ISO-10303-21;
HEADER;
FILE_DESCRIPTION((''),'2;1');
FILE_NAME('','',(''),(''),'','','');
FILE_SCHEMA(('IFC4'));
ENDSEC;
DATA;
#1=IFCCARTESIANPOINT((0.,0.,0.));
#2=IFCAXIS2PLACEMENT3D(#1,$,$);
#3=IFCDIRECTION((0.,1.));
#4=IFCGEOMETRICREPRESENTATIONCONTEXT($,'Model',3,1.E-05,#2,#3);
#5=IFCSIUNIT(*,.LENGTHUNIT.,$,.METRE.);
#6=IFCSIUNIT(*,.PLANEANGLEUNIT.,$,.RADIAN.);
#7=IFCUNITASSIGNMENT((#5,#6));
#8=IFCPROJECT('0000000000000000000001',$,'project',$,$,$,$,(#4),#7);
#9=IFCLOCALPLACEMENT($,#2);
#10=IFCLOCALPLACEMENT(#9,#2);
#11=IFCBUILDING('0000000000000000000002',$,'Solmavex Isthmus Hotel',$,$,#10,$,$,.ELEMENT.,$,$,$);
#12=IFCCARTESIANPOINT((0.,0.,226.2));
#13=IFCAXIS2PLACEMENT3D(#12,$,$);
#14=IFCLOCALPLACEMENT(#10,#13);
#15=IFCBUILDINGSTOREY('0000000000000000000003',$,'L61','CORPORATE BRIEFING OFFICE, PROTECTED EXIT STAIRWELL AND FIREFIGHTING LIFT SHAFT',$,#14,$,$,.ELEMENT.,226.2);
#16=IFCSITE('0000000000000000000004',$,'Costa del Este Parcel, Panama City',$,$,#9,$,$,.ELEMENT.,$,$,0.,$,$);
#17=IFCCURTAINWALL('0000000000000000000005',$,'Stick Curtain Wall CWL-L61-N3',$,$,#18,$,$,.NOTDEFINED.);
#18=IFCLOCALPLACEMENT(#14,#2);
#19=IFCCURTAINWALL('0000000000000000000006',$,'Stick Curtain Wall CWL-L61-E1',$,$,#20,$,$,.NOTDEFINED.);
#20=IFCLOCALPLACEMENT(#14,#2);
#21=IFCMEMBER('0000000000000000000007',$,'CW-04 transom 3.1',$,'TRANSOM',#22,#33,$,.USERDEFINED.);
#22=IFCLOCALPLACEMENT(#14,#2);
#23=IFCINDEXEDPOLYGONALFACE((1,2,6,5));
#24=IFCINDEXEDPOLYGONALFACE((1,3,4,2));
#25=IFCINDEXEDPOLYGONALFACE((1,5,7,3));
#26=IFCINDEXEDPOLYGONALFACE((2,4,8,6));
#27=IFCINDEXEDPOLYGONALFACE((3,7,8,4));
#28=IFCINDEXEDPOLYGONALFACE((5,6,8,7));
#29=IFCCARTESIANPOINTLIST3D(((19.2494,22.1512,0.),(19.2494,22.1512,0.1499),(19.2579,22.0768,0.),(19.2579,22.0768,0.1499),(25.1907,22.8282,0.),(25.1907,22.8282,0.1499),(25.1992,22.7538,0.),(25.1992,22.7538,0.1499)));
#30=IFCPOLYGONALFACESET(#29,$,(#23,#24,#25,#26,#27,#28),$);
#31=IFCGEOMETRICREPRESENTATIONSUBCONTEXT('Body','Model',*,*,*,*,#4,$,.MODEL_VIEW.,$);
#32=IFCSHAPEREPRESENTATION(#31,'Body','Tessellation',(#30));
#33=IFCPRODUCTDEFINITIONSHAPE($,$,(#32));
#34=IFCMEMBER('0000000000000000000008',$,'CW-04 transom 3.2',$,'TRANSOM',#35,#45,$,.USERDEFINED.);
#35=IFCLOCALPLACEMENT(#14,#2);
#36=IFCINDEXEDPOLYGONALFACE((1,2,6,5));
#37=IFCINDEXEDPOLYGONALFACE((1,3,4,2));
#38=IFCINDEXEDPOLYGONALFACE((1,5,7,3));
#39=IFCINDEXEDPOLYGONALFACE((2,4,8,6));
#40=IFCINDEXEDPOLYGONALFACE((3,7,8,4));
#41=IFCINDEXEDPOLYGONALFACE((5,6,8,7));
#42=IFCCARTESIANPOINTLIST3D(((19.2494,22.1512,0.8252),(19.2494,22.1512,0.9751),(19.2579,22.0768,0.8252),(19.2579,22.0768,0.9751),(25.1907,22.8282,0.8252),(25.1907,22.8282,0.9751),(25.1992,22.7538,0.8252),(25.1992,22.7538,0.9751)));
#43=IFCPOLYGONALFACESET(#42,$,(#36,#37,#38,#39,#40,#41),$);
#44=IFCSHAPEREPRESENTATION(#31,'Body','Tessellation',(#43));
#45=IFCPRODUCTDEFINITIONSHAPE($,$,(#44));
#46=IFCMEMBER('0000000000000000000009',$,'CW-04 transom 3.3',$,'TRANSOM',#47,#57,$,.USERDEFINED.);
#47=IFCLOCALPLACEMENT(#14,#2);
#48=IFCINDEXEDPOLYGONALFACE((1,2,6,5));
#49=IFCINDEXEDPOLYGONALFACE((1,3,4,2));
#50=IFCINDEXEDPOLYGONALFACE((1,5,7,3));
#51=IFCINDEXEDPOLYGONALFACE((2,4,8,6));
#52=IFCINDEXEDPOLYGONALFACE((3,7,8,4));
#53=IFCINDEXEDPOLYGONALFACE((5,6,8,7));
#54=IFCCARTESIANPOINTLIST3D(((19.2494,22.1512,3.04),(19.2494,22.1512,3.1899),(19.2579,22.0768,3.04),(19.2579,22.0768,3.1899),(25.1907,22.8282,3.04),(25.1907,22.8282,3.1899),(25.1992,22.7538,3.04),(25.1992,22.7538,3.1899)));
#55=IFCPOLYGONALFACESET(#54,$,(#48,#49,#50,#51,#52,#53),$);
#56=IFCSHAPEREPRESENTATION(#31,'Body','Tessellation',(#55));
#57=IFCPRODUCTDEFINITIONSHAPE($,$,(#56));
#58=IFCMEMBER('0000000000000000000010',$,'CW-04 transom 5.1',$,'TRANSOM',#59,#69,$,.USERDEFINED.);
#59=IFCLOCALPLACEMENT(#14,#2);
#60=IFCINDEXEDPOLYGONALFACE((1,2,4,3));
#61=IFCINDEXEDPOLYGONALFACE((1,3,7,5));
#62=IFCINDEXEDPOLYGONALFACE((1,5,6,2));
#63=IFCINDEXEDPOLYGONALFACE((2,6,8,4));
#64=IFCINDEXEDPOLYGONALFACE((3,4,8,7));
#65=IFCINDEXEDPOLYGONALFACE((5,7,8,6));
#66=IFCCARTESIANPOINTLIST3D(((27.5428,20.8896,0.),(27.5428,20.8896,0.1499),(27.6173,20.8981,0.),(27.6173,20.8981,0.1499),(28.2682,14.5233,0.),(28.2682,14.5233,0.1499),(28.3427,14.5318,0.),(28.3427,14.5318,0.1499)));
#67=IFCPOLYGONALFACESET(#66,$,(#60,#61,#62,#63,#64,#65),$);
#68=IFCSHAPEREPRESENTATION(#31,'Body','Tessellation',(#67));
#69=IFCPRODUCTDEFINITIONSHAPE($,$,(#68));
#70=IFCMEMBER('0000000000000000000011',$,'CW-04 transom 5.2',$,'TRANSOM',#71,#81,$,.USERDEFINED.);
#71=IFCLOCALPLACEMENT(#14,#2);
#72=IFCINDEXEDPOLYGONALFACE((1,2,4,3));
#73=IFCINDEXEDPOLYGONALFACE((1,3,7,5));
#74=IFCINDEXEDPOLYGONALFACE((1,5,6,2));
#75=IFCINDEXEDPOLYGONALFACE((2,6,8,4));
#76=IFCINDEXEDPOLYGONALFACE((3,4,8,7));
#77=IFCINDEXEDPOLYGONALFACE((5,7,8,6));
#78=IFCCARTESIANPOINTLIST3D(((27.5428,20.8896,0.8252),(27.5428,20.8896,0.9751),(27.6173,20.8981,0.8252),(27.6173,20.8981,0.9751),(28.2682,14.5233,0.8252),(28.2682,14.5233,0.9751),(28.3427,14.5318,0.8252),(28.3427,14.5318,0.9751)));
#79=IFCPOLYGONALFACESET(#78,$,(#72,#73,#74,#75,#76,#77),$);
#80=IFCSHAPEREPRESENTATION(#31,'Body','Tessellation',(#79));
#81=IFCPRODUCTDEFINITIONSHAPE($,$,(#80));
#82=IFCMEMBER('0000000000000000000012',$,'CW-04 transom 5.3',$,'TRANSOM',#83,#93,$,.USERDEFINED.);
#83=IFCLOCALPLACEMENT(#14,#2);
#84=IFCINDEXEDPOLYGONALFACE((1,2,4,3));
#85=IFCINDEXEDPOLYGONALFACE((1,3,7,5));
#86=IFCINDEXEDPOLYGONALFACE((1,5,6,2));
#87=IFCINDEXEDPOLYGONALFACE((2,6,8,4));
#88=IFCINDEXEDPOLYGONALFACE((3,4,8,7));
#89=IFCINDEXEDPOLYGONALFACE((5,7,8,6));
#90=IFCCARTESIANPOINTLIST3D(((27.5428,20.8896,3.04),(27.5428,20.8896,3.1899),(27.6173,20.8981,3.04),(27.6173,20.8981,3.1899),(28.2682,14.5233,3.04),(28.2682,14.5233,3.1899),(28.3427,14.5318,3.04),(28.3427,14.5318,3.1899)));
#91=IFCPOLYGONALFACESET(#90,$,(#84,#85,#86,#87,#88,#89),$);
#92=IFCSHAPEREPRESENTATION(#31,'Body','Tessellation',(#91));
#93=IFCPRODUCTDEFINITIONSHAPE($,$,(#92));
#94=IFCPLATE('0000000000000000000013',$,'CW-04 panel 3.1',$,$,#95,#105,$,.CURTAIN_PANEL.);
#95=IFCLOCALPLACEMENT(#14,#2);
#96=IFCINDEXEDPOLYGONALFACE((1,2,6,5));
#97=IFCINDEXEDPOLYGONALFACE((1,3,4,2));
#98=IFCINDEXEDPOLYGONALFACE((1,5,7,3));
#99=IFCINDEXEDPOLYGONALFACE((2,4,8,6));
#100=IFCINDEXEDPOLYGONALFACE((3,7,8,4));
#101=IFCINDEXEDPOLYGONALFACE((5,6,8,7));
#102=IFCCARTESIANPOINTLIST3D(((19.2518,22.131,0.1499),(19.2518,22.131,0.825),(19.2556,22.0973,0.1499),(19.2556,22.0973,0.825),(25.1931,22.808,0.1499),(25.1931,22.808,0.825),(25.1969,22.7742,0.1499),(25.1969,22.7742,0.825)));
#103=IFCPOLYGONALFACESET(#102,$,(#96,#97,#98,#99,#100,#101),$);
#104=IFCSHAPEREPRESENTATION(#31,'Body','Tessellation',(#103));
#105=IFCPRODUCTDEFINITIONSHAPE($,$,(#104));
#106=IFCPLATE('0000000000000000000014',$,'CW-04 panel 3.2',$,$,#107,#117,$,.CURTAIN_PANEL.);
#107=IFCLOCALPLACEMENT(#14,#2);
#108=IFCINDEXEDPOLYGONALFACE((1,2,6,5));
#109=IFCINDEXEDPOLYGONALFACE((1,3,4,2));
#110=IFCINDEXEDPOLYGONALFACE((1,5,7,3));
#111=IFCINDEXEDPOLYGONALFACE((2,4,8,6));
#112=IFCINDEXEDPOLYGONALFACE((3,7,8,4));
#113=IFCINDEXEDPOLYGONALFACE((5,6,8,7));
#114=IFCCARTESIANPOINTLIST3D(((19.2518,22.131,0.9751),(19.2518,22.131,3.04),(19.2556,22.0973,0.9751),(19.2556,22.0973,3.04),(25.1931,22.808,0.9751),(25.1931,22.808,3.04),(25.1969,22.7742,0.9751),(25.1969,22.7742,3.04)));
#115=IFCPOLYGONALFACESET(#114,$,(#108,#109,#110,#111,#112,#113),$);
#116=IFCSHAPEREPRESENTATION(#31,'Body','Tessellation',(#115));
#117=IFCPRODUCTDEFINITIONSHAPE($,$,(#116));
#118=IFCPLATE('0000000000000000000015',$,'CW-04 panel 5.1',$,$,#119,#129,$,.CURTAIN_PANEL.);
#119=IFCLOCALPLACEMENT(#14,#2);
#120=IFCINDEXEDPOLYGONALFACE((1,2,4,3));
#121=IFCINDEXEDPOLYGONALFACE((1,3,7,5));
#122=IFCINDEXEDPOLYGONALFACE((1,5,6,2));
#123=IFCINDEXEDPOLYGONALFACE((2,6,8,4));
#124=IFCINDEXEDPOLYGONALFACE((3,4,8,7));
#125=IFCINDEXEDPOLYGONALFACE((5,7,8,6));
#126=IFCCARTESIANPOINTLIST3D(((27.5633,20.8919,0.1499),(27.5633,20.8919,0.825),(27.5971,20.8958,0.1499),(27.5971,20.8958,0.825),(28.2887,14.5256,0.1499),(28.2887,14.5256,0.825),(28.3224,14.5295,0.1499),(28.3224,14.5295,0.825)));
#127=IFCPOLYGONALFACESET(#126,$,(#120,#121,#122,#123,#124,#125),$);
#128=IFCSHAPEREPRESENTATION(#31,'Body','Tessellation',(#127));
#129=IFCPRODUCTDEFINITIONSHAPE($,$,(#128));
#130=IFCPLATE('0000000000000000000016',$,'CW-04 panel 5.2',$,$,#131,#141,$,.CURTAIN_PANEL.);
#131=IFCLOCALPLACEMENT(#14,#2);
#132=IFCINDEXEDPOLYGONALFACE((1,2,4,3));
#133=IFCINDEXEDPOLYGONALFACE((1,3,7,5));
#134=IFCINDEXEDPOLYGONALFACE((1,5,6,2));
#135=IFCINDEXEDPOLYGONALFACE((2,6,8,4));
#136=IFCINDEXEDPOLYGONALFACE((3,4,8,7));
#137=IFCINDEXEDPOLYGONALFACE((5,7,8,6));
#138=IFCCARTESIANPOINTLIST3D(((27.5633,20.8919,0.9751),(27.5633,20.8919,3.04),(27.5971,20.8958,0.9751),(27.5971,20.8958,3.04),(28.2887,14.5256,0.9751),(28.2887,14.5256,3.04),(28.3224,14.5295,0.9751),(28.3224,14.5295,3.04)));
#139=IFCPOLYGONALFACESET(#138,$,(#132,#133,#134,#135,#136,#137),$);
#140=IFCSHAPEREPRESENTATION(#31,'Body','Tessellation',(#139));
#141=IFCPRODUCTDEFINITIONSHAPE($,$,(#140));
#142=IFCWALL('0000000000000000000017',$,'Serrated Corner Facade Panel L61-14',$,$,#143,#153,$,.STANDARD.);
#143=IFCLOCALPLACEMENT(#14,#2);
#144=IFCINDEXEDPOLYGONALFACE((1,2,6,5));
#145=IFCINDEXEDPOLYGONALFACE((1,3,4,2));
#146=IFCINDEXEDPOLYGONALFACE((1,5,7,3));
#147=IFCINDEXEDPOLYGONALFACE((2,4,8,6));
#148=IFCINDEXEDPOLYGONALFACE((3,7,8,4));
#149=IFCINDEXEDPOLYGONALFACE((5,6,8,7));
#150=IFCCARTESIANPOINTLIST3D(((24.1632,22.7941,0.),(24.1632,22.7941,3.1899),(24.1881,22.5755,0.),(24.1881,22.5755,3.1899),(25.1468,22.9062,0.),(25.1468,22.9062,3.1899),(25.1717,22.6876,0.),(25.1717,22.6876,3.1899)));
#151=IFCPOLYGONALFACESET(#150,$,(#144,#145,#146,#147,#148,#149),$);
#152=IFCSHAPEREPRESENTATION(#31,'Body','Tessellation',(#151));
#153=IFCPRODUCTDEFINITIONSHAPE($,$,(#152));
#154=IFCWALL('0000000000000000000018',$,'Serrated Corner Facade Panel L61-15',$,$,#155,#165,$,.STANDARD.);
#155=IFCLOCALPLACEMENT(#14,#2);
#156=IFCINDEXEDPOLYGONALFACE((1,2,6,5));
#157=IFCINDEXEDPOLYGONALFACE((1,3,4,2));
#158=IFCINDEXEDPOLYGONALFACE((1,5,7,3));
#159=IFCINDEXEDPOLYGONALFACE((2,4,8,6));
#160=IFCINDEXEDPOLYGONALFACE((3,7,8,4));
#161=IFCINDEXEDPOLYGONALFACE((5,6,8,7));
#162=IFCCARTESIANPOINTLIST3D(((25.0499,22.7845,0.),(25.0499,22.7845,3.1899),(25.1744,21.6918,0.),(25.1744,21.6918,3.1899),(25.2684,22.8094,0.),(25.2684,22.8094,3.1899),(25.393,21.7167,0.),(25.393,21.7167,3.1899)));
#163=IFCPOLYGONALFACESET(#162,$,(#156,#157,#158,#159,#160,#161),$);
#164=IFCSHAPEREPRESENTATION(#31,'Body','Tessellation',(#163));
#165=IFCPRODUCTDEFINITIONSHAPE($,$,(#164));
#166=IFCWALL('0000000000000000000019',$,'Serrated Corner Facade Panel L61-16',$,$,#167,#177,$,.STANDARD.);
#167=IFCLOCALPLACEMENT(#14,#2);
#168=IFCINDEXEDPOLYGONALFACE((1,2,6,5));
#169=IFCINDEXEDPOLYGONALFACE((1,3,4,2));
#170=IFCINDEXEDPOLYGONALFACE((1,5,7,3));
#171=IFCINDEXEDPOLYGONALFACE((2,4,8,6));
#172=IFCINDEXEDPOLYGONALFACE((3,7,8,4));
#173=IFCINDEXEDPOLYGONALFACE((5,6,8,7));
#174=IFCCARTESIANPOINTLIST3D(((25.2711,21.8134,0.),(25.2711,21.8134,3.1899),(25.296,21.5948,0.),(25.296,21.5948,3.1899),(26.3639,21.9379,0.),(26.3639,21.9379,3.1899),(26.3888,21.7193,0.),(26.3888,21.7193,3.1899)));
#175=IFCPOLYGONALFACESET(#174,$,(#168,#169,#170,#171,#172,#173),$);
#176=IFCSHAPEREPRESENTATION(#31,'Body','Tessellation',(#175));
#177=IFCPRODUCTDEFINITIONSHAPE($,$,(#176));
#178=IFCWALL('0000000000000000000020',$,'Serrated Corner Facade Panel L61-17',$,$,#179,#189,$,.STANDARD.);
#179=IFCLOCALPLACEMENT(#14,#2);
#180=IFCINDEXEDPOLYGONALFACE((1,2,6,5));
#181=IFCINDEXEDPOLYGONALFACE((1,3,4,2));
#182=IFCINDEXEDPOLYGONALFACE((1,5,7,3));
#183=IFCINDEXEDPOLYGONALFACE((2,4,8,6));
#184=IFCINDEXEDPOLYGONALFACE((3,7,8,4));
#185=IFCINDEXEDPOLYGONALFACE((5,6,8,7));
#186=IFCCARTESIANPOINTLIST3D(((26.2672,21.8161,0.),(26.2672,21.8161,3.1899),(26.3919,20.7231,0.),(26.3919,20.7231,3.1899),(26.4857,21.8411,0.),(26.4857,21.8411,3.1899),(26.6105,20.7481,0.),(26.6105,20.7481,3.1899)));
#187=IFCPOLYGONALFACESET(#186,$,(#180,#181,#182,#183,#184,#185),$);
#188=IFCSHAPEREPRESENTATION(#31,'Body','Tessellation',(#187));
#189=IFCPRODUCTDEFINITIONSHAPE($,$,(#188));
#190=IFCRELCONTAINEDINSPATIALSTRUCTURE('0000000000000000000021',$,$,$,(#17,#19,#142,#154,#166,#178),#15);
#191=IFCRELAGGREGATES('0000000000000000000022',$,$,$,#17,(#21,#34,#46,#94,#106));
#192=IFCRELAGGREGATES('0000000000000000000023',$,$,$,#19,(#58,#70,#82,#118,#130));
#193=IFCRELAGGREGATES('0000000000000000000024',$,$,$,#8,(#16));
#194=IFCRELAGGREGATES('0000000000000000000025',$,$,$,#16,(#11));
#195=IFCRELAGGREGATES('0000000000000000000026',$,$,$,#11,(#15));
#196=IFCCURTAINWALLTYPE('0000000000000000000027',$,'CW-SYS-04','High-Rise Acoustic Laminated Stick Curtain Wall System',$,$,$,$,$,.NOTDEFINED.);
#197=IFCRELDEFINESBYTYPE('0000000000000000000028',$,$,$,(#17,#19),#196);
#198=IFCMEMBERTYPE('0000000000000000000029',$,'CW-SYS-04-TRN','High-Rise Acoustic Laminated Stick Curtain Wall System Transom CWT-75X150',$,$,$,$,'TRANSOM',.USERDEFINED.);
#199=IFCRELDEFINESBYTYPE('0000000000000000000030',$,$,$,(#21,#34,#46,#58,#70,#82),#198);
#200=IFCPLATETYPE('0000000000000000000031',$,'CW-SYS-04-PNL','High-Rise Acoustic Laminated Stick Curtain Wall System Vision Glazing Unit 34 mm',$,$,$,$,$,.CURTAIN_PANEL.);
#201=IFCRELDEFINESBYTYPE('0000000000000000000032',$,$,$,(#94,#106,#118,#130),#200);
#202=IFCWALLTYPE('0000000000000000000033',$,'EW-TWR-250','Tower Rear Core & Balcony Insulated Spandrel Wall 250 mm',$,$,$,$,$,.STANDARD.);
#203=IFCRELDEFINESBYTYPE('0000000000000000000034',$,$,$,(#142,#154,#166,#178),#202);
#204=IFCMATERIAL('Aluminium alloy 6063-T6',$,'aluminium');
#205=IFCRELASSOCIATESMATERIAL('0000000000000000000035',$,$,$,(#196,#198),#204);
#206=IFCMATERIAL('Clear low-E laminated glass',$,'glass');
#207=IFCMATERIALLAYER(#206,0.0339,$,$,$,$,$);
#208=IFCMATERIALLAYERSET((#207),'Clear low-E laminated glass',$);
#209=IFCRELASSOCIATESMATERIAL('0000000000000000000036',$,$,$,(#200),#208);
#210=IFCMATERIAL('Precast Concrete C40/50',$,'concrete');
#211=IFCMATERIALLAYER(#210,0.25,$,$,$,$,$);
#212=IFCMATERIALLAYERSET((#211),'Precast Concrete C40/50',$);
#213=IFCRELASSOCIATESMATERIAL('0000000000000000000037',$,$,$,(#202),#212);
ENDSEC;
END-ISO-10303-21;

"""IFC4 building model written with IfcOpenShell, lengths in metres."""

from ifc_helpers import new_model, si_unit, direction, frame, frame_2d, origin, origin_2d, place, context, subcontext, project, spatial, rectangle, extrude, material, layer, layer_set, material_profile, profile_set, type_object, element, aggregate, save


model = new_model("IFC4")

# Units and contexts
model_context = context("Model", 3, precision=1e-05, world=origin(), true_north=direction((0.0, 1.0)))
body_context = subcontext(model_context, "Body", "Model", "MODEL_VIEW")
ifc_project = project(units=[si_unit("LENGTHUNIT", "METRE"), si_unit("PLANEANGLEUNIT", "RADIAN")], contexts=[model_context])

# Site, building, storey
site_placement = place(None, origin())
site = spatial("IfcSite", under=ifc_project, at=site_placement, Name="Costa del Este Parcel, Panama City", CompositionType="ELEMENT", RefElevation=0.0)
building_placement = place(site_placement, origin())
building = spatial("IfcBuilding", under=site, at=building_placement, Name="Solmavex Isthmus Hotel", CompositionType="ELEMENT")
storey_placement = place(building_placement, frame((0.0, 0.0, 226.2)))
storey = spatial("IfcBuildingStorey", under=building, at=storey_placement, Name="L61", Description="CORPORATE BRIEFING OFFICE, PROTECTED EXIT STAIRWELL AND FIREFIGHTING LIFT SHAFT", CompositionType="ELEMENT", Elevation=226.2)

# Curtain wall
ifc_material_1 = material(Name="Aluminium alloy 6063-T6", Category="aluminium")
curtain_wall_type = type_object("IfcCurtainWallType", Name="CW-SYS-04", Description="High-Rise Acoustic Laminated Stick Curtain Wall System", PredefinedType="NOTDEFINED", material=ifc_material_1)
curtain_wall_1_placement = place(storey_placement, origin())
curtain_wall_1 = element("IfcCurtainWall", 1, at=curtain_wall_1_placement, inside=storey, type_object=curtain_wall_type, Name="Stick Curtain Wall CWL-L61-N3", PredefinedType="NOTDEFINED")

# Curtain wall
curtain_wall_2_placement = place(storey_placement, origin())
curtain_wall_2 = element("IfcCurtainWall", 2, at=curtain_wall_2_placement, inside=storey, type_object=curtain_wall_type, Name="Stick Curtain Wall CWL-L61-E1", PredefinedType="NOTDEFINED")

# Members
ifc_material_profile_1 = material_profile(ifc_material_1, rectangle(XDim=0.075, YDim=0.1499, at=origin_2d()), Name="CWT-75X150")
ifc_profile_set_1 = profile_set([ifc_material_profile_1], Name="Aluminium alloy 6063-T6")
member_type_1 = type_object("IfcMemberType", Name="CW-SYS-04-TRN", Description="High-Rise Acoustic Laminated Stick Curtain Wall System Transom CWT-75X150", ElementType="TRANSOM", PredefinedType="USERDEFINED", material=ifc_profile_set_1)
member_1_placement = place(storey_placement, frame((19.2537, 22.114, 0.075), z_axis=(0.993571, 0.113214, 0.0), x_axis=(-0.113214, 0.993571, 0.0)))
member_1 = element("IfcMember", 3, at=member_1_placement, type_object=member_type_1, Name="CW-04 transom 3.1", ObjectType="TRANSOM", PredefinedType="USERDEFINED", context=body_context, shape_type="SweptSolid", body=[
    extrude(rectangle(XDim=0.075, YDim=0.1499, at=origin_2d()), origin(), (0.0, 0.0, 1.0), 5.9797),
])
member_2_placement = place(storey_placement, frame((19.2537, 22.114, 0.9001), z_axis=(0.993571, 0.113214, 0.0), x_axis=(-0.113214, 0.993571, 0.0)))
member_2 = element("IfcMember", 4, at=member_2_placement, type_object=member_type_1, Name="CW-04 transom 3.2", ObjectType="TRANSOM", PredefinedType="USERDEFINED", context=body_context, shape_type="SweptSolid", body=[
    extrude(rectangle(XDim=0.075, YDim=0.1499, at=origin_2d()), origin(), (0.0, 0.0, 1.0), 5.9797),
])
member_3_placement = place(storey_placement, frame((19.2537, 22.114, 3.115), z_axis=(0.993571, 0.113214, 0.0), x_axis=(-0.113214, 0.993571, 0.0)))
member_3 = element("IfcMember", 5, at=member_3_placement, type_object=member_type_1, Name="CW-04 transom 3.3", ObjectType="TRANSOM", PredefinedType="USERDEFINED", context=body_context, shape_type="SweptSolid", body=[
    extrude(rectangle(XDim=0.075, YDim=0.1499, at=origin_2d()), origin(), (0.0, 0.0, 1.0), 5.9797),
])
member_4_placement = place(storey_placement, frame((28.3054, 14.5276, 0.075), z_axis=(-0.113204, 0.993572, 0.0), x_axis=(-0.993572, -0.113204, 0.0)))
member_4 = element("IfcMember", 6, at=member_4_placement, type_object=member_type_1, Name="CW-04 transom 5.1", ObjectType="TRANSOM", PredefinedType="USERDEFINED", context=body_context, shape_type="SweptSolid", body=[
    extrude(rectangle(XDim=0.075, YDim=0.1499, at=origin_2d()), origin(), (0.0, 0.0, 1.0), 6.4075),
])
member_5_placement = place(storey_placement, frame((28.3054, 14.5276, 0.9001), z_axis=(-0.113204, 0.993572, 0.0), x_axis=(-0.993572, -0.113204, 0.0)))
member_5 = element("IfcMember", 7, at=member_5_placement, type_object=member_type_1, Name="CW-04 transom 5.2", ObjectType="TRANSOM", PredefinedType="USERDEFINED", context=body_context, shape_type="SweptSolid", body=[
    extrude(rectangle(XDim=0.075, YDim=0.1499, at=origin_2d()), origin(), (0.0, 0.0, 1.0), 6.4075),
])
member_6_placement = place(storey_placement, frame((28.3054, 14.5276, 3.115), z_axis=(-0.113204, 0.993572, 0.0), x_axis=(-0.993572, -0.113204, 0.0)))
member_6 = element("IfcMember", 8, at=member_6_placement, type_object=member_type_1, Name="CW-04 transom 5.3", ObjectType="TRANSOM", PredefinedType="USERDEFINED", context=body_context, shape_type="SweptSolid", body=[
    extrude(rectangle(XDim=0.075, YDim=0.1499, at=origin_2d()), origin(), (0.0, 0.0, 1.0), 6.4075),
])

# Plates
ifc_material_2 = material(Name="Clear low-E laminated glass", Category="glass")
ifc_layer_1 = layer(ifc_material_2, 0.0339)
ifc_layer_set_1 = layer_set([ifc_layer_1], Name="Clear low-E laminated glass")
plate_type = type_object("IfcPlateType", Name="CW-SYS-04-PNL", Description="High-Rise Acoustic Laminated Stick Curtain Wall System Vision Glazing Unit 34 mm", PredefinedType="CURTAIN_PANEL", material=ifc_layer_set_1)
plate_1_placement = place(storey_placement, frame((22.2244, 22.4526, 0.1499), z_axis=(0.0, 0.0, 1.0), x_axis=(0.993572, 0.113203, 0.0)))
plate_1 = element("IfcPlate", 9, at=plate_1_placement, type_object=plate_type, Name="CW-04 panel 3.1", PredefinedType="CURTAIN_PANEL", context=body_context, shape_type="SweptSolid", body=[
    extrude(rectangle(XDim=5.9797, YDim=0.0339, at=origin_2d()), origin(), (0.0, 0.0, 1.0), 0.675),
])
plate_2_placement = place(storey_placement, frame((22.2244, 22.4526, 0.9751), z_axis=(0.0, 0.0, 1.0), x_axis=(0.993572, 0.113203, 0.0)))
plate_2 = element("IfcPlate", 10, at=plate_2_placement, type_object=plate_type, Name="CW-04 panel 3.2", PredefinedType="CURTAIN_PANEL", context=body_context, shape_type="SweptSolid", body=[
    extrude(rectangle(XDim=5.9797, YDim=0.0339, at=origin_2d()), origin(), (0.0, 0.0, 1.0), 2.0649),
])
aggregate(curtain_wall_1, [member_1, member_2, member_3, plate_1, plate_2])
plate_3_placement = place(storey_placement, frame((27.9429, 17.7107, 0.1499), z_axis=(0.0, 0.0, 1.0), x_axis=(-0.113203, 0.993572, 0.0)))
plate_3 = element("IfcPlate", 11, at=plate_3_placement, type_object=plate_type, Name="CW-04 panel 5.1", PredefinedType="CURTAIN_PANEL", context=body_context, shape_type="SweptSolid", body=[
    extrude(rectangle(XDim=6.4075, YDim=0.0339, at=origin_2d()), origin(), (0.0, 0.0, 1.0), 0.675),
])
plate_4_placement = place(storey_placement, frame((27.9429, 17.7107, 0.9751), z_axis=(0.0, 0.0, 1.0), x_axis=(-0.113203, 0.993572, 0.0)))
plate_4 = element("IfcPlate", 12, at=plate_4_placement, type_object=plate_type, Name="CW-04 panel 5.2", PredefinedType="CURTAIN_PANEL", context=body_context, shape_type="SweptSolid", body=[
    extrude(rectangle(XDim=6.4075, YDim=0.0339, at=origin_2d()), origin(), (0.0, 0.0, 1.0), 2.0649),
])
aggregate(curtain_wall_2, [member_4, member_5, member_6, plate_3, plate_4])

# Walls
ifc_material_3 = material(Name="Precast Concrete C40/50", Category="concrete")
ifc_layer_2 = layer(ifc_material_3, 0.25)
ifc_layer_set_2 = layer_set([ifc_layer_2], Name="Precast Concrete C40/50")
wall_type_1 = type_object("IfcWallType", Name="EW-TWR-250", Description="Tower Rear Core & Balcony Insulated Spandrel Wall 250 mm", PredefinedType="STANDARD", material=ifc_layer_set_2)
wall_1_placement = place(storey_placement, frame((24.1755, 22.6848, 0.0), z_axis=(0.0, 0.0, 1.0), x_axis=(0.993573, 0.113192, 0.0)))
element("IfcWall", 13, at=wall_1_placement, inside=storey, type_object=wall_type_1, Name="Serrated Corner Facade Panel L61-14", PredefinedType="STANDARD", context=body_context, shape_type="SweptSolid", body=[
    extrude(rectangle(XDim=0.99, YDim=0.22, at=frame_2d((0.4951, 0.0))), origin(), (0.0, 0.0, 1.0), 3.1899),
])
for number, where, z_axis, x_axis, name in (
    (14, (25.1592, 22.7969, 0.0), (0.0, 0.0, 1.0), (0.113209, -0.993571, 0.0), "Serrated Corner Facade Panel L61-15"),
    (15, (25.2837, 21.7041, 0.0), (0.0, 0.0, 1.0), (0.993571, 0.113209, 0.0), "Serrated Corner Facade Panel L61-16"),
):
    element("IfcWall", number, at=place(storey_placement, frame(where, z_axis=z_axis, x_axis=x_axis)), inside=storey, type_object=wall_type_1, Name=name, PredefinedType="STANDARD", context=body_context, shape_type="SweptSolid", body=[
        extrude(rectangle(XDim=1.0999, YDim=0.22, at=frame_2d((0.5498, 0.0))), origin(), (0.0, 0.0, 1.0), 3.1899),
    ])
wall_2_placement = place(storey_placement, frame((26.3765, 21.8286, 0.0), z_axis=(0.0, 0.0, 1.0), x_axis=(0.113403, -0.993549, 0.0)))
element("IfcWall", 16, at=wall_2_placement, inside=storey, type_object=wall_type_1, Name="Serrated Corner Facade Panel L61-17", PredefinedType="STANDARD", context=body_context, shape_type="SweptSolid", body=[
    extrude(rectangle(XDim=1.1001, YDim=0.22, at=frame_2d((0.55, 0.0))), origin(), (0.0, 0.0, 1.0), 3.1899),
])

save(model, "model.ifc")
